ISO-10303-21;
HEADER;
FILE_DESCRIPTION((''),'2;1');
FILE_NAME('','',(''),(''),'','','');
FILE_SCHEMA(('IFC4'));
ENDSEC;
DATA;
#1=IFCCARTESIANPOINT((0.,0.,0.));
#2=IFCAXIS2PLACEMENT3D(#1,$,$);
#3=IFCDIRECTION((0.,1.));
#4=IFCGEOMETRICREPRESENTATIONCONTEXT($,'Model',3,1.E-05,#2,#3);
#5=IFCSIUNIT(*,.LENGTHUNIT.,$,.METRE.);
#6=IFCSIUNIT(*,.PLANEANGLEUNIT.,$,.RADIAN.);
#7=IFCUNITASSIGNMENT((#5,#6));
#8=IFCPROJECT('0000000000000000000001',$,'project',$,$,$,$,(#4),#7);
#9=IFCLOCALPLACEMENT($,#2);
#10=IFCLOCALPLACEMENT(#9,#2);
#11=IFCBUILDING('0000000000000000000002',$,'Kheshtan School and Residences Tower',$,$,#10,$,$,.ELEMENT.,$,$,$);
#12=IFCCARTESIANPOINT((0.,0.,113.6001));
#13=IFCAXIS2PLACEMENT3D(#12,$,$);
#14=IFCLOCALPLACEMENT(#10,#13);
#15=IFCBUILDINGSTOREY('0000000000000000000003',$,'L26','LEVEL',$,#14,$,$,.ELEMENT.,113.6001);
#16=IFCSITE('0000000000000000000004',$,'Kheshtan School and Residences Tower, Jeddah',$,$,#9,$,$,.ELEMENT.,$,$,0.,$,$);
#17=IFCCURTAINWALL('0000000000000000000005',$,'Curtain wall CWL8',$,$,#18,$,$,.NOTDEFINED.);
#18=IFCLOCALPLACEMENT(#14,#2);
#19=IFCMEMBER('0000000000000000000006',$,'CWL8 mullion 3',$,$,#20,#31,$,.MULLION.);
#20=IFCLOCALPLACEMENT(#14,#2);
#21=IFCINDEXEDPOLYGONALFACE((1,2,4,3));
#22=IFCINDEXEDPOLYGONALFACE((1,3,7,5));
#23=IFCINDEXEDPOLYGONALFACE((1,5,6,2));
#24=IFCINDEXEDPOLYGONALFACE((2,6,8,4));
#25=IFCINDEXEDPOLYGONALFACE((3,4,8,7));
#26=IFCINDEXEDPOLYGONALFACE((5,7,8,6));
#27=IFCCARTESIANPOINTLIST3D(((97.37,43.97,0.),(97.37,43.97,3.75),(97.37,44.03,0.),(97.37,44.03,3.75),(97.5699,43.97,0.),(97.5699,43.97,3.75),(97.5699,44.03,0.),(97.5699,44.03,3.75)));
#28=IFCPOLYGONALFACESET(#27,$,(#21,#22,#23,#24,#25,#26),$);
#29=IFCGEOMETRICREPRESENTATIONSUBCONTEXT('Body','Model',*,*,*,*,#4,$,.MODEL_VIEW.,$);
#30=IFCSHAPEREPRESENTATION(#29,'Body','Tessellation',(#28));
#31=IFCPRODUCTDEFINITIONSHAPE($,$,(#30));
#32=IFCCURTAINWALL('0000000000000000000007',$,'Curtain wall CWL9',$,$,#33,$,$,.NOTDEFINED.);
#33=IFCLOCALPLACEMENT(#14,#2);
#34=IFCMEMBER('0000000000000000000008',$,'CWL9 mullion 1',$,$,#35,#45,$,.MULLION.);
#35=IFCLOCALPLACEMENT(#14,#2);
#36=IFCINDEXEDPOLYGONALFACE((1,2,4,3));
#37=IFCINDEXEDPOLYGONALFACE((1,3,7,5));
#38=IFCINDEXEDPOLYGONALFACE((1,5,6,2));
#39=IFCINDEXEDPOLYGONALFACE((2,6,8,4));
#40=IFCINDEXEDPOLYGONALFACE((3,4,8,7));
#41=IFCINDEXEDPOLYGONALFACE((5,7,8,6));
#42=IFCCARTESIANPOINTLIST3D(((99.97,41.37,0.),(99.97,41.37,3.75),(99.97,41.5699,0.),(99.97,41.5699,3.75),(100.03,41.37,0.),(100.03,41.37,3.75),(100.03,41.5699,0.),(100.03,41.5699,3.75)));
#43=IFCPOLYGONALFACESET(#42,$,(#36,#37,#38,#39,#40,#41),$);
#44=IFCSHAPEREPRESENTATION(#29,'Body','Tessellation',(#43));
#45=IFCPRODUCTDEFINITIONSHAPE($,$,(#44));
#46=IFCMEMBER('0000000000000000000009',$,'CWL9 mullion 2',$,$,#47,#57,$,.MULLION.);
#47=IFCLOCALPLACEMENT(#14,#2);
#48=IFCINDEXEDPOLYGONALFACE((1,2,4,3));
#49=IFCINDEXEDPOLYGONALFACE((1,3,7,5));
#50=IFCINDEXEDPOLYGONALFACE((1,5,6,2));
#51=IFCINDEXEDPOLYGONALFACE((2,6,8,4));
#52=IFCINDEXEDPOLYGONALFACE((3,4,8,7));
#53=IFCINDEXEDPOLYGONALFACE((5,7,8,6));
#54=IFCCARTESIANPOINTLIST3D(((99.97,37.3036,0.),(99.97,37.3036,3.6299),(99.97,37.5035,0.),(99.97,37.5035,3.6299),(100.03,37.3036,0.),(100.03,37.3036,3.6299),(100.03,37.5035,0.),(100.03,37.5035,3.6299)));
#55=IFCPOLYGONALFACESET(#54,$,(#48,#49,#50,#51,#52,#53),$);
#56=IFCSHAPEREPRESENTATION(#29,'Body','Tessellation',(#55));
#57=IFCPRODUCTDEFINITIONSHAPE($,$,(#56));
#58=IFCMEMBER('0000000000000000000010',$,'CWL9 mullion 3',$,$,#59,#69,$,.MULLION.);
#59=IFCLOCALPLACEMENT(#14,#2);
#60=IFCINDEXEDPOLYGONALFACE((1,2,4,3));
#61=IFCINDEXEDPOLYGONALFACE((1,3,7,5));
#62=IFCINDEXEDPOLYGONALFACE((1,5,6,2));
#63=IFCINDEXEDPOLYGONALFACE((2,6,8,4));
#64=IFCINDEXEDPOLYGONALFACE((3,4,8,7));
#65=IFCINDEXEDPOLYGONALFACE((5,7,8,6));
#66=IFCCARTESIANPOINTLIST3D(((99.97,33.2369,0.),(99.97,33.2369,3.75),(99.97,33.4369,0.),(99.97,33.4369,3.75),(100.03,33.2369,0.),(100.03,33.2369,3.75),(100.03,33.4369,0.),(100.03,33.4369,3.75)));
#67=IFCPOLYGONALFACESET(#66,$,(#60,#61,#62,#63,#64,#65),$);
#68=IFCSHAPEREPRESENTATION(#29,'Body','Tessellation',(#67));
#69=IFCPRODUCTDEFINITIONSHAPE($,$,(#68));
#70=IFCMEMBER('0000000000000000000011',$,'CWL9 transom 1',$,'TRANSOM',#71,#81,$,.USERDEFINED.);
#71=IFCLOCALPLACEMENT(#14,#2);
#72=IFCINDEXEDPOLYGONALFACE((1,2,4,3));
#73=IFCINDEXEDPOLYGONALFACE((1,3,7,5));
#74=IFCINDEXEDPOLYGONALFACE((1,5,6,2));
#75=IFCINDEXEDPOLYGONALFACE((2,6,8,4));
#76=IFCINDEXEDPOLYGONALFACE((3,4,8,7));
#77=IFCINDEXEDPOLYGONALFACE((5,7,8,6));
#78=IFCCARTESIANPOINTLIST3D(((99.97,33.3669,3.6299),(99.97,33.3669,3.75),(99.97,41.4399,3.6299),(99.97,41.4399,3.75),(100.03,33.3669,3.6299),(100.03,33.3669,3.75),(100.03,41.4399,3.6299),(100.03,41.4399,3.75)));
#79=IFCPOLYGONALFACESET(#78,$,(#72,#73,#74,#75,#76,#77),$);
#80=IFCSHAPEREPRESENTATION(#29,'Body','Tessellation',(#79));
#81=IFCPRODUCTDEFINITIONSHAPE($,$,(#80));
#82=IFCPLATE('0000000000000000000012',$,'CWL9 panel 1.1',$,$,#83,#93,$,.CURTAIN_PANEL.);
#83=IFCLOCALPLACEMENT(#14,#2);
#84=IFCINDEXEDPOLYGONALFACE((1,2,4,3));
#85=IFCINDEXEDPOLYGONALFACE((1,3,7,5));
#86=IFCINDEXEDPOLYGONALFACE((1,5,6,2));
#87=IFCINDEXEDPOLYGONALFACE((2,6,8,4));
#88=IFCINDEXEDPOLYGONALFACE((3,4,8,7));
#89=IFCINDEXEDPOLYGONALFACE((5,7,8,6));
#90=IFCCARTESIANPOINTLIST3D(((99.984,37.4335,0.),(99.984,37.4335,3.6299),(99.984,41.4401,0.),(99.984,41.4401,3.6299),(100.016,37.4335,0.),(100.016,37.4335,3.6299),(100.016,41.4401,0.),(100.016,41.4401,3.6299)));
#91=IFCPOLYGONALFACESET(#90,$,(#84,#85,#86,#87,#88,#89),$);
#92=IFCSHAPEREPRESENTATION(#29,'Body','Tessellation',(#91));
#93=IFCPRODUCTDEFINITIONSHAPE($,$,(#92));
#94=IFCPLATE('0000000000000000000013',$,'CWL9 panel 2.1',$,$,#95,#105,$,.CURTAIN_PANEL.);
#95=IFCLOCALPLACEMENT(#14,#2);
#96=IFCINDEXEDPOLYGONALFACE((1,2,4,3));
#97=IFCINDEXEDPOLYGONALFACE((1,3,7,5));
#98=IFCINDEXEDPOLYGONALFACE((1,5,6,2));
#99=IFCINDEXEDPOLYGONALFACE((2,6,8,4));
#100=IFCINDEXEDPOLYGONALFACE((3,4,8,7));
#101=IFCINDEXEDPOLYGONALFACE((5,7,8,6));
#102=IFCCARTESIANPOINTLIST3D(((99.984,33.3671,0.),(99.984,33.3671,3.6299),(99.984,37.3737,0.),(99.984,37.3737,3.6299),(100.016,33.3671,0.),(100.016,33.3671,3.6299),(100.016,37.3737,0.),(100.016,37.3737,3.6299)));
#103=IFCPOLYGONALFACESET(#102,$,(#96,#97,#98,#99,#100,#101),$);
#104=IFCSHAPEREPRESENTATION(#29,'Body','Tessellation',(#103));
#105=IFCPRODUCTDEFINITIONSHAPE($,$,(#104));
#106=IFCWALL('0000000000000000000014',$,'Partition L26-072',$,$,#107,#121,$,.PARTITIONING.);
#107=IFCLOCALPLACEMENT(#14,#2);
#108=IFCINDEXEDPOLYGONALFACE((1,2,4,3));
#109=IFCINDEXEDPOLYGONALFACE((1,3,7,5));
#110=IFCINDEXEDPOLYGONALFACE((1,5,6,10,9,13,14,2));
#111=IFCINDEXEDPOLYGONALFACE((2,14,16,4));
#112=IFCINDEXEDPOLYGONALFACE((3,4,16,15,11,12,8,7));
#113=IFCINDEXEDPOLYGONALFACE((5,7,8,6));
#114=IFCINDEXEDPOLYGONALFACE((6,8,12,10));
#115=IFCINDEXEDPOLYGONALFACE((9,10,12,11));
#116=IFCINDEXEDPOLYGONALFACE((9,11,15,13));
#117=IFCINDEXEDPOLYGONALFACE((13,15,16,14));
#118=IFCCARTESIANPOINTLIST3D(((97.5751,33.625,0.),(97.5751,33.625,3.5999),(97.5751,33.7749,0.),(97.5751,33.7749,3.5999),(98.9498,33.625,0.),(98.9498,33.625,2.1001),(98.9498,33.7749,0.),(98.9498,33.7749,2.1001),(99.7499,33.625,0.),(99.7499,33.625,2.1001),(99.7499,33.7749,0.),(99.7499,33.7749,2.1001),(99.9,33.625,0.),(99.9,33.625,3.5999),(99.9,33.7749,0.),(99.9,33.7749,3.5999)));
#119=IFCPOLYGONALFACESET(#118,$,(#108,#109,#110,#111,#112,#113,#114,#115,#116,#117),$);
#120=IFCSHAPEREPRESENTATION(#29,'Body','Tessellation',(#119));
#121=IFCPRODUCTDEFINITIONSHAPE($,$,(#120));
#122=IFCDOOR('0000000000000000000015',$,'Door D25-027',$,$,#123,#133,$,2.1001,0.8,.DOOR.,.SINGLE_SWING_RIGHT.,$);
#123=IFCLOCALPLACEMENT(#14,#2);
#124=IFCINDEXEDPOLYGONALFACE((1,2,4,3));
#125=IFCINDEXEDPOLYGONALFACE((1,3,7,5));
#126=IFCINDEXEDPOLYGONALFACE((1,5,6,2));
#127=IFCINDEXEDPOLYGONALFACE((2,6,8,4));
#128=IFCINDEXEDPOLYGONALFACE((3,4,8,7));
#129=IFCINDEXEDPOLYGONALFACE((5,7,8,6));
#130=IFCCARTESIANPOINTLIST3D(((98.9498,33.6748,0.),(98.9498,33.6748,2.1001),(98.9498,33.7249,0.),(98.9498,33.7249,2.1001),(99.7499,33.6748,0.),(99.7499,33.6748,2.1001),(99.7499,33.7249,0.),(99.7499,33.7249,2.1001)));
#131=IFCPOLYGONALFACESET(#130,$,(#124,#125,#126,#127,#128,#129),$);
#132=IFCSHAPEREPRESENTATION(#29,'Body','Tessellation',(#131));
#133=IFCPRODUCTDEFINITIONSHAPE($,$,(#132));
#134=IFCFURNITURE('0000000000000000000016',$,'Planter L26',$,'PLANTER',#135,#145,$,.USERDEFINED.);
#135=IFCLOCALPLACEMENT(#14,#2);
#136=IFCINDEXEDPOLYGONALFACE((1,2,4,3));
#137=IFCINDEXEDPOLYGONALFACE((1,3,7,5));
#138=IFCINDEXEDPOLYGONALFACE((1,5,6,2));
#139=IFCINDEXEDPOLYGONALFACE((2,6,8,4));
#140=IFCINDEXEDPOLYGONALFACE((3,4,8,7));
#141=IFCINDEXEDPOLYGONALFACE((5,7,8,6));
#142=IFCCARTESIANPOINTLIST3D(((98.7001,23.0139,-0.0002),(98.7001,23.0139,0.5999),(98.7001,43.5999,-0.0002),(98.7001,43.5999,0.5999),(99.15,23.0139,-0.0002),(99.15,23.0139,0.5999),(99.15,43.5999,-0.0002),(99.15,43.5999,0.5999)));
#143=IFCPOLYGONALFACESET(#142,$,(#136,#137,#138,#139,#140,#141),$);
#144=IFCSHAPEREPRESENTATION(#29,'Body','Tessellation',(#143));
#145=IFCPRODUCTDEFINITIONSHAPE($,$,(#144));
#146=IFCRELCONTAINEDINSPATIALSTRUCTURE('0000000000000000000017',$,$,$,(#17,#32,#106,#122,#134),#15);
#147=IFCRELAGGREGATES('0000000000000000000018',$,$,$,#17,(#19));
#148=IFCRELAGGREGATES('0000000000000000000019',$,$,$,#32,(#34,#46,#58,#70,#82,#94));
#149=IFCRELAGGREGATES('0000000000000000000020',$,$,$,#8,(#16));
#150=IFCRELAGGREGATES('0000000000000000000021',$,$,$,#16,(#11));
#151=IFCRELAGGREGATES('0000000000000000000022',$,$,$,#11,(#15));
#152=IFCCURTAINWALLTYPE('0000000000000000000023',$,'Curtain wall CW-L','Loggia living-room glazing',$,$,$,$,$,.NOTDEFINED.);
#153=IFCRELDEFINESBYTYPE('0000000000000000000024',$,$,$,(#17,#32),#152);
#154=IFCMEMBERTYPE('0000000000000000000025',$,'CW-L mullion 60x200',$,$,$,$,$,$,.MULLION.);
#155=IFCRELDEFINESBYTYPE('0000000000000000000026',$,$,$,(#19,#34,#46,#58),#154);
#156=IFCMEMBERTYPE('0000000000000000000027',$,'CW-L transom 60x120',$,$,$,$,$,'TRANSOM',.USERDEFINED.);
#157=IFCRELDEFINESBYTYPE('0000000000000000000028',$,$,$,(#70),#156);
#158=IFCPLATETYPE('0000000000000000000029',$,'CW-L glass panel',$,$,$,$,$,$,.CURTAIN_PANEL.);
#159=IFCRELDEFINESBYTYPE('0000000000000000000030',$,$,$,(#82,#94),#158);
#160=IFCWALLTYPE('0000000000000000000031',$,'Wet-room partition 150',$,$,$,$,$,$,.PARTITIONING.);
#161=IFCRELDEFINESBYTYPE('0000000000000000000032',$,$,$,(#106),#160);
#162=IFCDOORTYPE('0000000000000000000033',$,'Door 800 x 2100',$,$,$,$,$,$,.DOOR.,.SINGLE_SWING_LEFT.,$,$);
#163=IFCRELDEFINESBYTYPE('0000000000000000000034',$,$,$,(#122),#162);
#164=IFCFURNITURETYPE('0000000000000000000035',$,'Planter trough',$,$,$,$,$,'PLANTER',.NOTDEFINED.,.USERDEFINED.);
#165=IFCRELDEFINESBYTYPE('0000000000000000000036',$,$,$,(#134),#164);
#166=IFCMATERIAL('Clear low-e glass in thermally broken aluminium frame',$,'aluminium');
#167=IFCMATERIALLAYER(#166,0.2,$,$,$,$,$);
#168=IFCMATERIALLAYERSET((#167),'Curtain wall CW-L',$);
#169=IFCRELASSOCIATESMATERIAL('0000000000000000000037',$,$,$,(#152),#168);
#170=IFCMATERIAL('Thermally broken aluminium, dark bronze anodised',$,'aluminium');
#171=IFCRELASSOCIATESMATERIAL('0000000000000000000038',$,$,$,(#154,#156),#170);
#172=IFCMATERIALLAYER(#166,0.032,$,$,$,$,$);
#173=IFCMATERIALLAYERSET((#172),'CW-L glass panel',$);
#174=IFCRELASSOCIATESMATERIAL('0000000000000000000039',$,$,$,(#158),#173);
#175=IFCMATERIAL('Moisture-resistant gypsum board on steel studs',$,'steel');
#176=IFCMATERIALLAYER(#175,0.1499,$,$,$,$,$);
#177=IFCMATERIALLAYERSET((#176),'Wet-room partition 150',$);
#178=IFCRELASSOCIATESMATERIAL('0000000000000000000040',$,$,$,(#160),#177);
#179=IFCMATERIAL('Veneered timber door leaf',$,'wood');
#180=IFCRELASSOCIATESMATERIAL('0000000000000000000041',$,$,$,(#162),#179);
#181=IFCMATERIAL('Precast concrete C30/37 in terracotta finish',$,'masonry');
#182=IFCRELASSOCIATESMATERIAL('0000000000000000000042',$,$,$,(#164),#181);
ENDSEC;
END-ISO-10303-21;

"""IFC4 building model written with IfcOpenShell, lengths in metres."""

from ifc_helpers import new_model, si_unit, direction, frame, frame_2d, origin, origin_2d, place, context, subcontext, project, spatial, rectangle, extrude, source, transform, mapped, material, layer, layer_set, material_profile, profile_set, type_object, element, fill, aggregate, save


model = new_model("IFC4")

# Units and contexts
model_context = context("Model", 3, precision=1e-05, world=origin(), true_north=direction((0.0, 1.0)))
body_context = subcontext(model_context, "Body", "Model", "MODEL_VIEW")
ifc_project = project(units=[si_unit("LENGTHUNIT", "METRE"), si_unit("PLANEANGLEUNIT", "RADIAN")], contexts=[model_context])

# Site, building, storey
site_placement = place(None, origin())
site = spatial("IfcSite", under=ifc_project, at=site_placement, Name="Kheshtan School and Residences Tower, Jeddah", CompositionType="ELEMENT", RefElevation=0.0)
building_placement = place(site_placement, origin())
building = spatial("IfcBuilding", under=site, at=building_placement, Name="Kheshtan School and Residences Tower", CompositionType="ELEMENT")
storey_placement = place(building_placement, frame((0.0, 0.0, 113.6001)))
storey = spatial("IfcBuildingStorey", under=building, at=storey_placement, Name="L26", Description="LEVEL", CompositionType="ELEMENT", Elevation=113.6001)

# Curtain wall, member
ifc_material_1 = material(Name="Clear low-e glass in thermally broken aluminium frame", Category="aluminium")
ifc_layer_1 = layer(ifc_material_1, 0.2)
ifc_layer_set_1 = layer_set([ifc_layer_1], Name="Curtain wall CW-L")
curtain_wall_type = type_object("IfcCurtainWallType", Name="Curtain wall CW-L", Description="Loggia living-room glazing", PredefinedType="NOTDEFINED", material=ifc_layer_set_1)
curtain_wall_1_placement = place(storey_placement, origin())
curtain_wall_1 = element("IfcCurtainWall", 1, at=curtain_wall_1_placement, inside=storey, type_object=curtain_wall_type, Name="Curtain wall CWL8", PredefinedType="NOTDEFINED")
ifc_material_2 = material(Name="Thermally broken aluminium, dark bronze anodised", Category="aluminium")
ifc_material_profile_1 = material_profile(ifc_material_2, rectangle(XDim=0.0601, YDim=0.2, at=origin_2d()), Name="CW-L mullion 60x200")
ifc_profile_set_1 = profile_set([ifc_material_profile_1], Name="Thermally broken aluminium, dark bronze anodised")
member_type_1 = type_object("IfcMemberType", Name="CW-L mullion 60x200", PredefinedType="MULLION", material=ifc_profile_set_1)
member_1_placement = place(storey_placement, frame((97.47, 44.0, 0.0), z_axis=(0.0, 0.0, 1.0), x_axis=(0.0, 1.0, 0.0)))
member_1 = element("IfcMember", 2, at=member_1_placement, type_object=member_type_1, Name="CWL8 mullion 3", PredefinedType="MULLION", context=body_context, shape_type="SweptSolid", body=[
    extrude(rectangle(XDim=0.0601, YDim=0.2, at=origin_2d()), origin(), (0.0, 0.0, 1.0), 3.75),
])
aggregate(curtain_wall_1, [member_1])

# Curtain wall, members, plates
curtain_wall_2_placement = place(storey_placement, origin())
curtain_wall_2 = element("IfcCurtainWall", 3, at=curtain_wall_2_placement, inside=storey, type_object=curtain_wall_type, Name="Curtain wall CWL9", PredefinedType="NOTDEFINED")
member_2_placement = place(storey_placement, frame((100.0, 41.47, 0.0), z_axis=(0.0, 0.0, 1.0), x_axis=(1.0, 0.0, 0.0)))
member_2 = element("IfcMember", 4, at=member_2_placement, type_object=member_type_1, Name="CWL9 mullion 1", PredefinedType="MULLION", context=body_context, shape_type="SweptSolid", body=[
    extrude(rectangle(XDim=0.0601, YDim=0.2, at=origin_2d()), origin(), (0.0, 0.0, 1.0), 3.75),
])
member_3_placement = place(storey_placement, frame((100.0, 37.4036, 0.0), z_axis=(0.0, 0.0, 1.0), x_axis=(1.0, 0.0, 0.0)))
member_3 = element("IfcMember", 5, at=member_3_placement, type_object=member_type_1, Name="CWL9 mullion 2", PredefinedType="MULLION", context=body_context, shape_type="SweptSolid", body=[
    extrude(rectangle(XDim=0.0601, YDim=0.2, at=origin_2d()), origin(), (0.0, 0.0, 1.0), 3.6299),
])
member_4_placement = place(storey_placement, frame((100.0, 33.3369, 0.0), z_axis=(0.0, 0.0, 1.0), x_axis=(1.0, 0.0, 0.0)))
member_4 = element("IfcMember", 6, at=member_4_placement, type_object=member_type_1, Name="CWL9 mullion 3", PredefinedType="MULLION", context=body_context, shape_type="SweptSolid", body=[
    extrude(rectangle(XDim=0.0601, YDim=0.2, at=origin_2d()), origin(), (0.0, 0.0, 1.0), 3.75),
])
ifc_material_profile_2 = material_profile(ifc_material_2, rectangle(XDim=0.0601, YDim=0.1201, at=origin_2d()), Name="CW-L transom 60x120")
ifc_profile_set_2 = profile_set([ifc_material_profile_2], Name="Thermally broken aluminium, dark bronze anodised")
member_type_2 = type_object("IfcMemberType", Name="CW-L transom 60x120", ElementType="TRANSOM", PredefinedType="USERDEFINED", material=ifc_profile_set_2)
member_5_placement = place(storey_placement, frame((100.0, 41.4399, 3.6899), z_axis=(0.0, -1.0, 0.0), x_axis=(1.0, 0.0, 0.0)))
member_5 = element("IfcMember", 7, at=member_5_placement, type_object=member_type_2, Name="CWL9 transom 1", ObjectType="TRANSOM", PredefinedType="USERDEFINED", context=body_context, shape_type="SweptSolid", body=[
    extrude(rectangle(XDim=0.0601, YDim=0.1201, at=origin_2d()), origin(), (0.0, 0.0, 1.0), 8.073),
])
ifc_layer_2 = layer(ifc_material_1, 0.032)
ifc_layer_set_2 = layer_set([ifc_layer_2], Name="CW-L glass panel")
plate_type = type_object("IfcPlateType", Name="CW-L glass panel", PredefinedType="CURTAIN_PANEL", material=ifc_layer_set_2)
plate_1_placement = place(storey_placement, frame((100.0, 39.4368, 0.0), z_axis=(0.0, 0.0, 1.0), x_axis=(0.0, -1.0, 0.0)))
plate_1 = element("IfcPlate", 8, at=plate_1_placement, type_object=plate_type, Name="CWL9 panel 1.1", PredefinedType="CURTAIN_PANEL", context=body_context, shape_type="SweptSolid", body=[
    extrude(rectangle(XDim=4.0066, YDim=0.032, at=origin_2d()), origin(), (0.0, 0.0, 1.0), 3.6299),
])
plate_2_placement = place(storey_placement, frame((100.0, 35.3704, 0.0), z_axis=(0.0, 0.0, 1.0), x_axis=(0.0, -1.0, 0.0)))
plate_2 = element("IfcPlate", 9, at=plate_2_placement, type_object=plate_type, Name="CWL9 panel 2.1", PredefinedType="CURTAIN_PANEL", context=body_context, shape_type="SweptSolid", body=[
    extrude(rectangle(XDim=4.0066, YDim=0.032, at=origin_2d()), origin(), (0.0, 0.0, 1.0), 3.6299),
])
aggregate(curtain_wall_2, [member_2, member_3, member_4, member_5, plate_1, plate_2])

# Wall, opening, door
ifc_material_3 = material(Name="Moisture-resistant gypsum board on steel studs", Category="steel")
ifc_layer_3 = layer(ifc_material_3, 0.1499)
ifc_layer_set_3 = layer_set([ifc_layer_3], Name="Wet-room partition 150")
wall_type_1 = type_object("IfcWallType", Name="Wet-room partition 150", PredefinedType="PARTITIONING", material=ifc_layer_set_3)
wall_1_placement = place(storey_placement, frame((97.575, 33.7, 0.0), z_axis=(0.0, 0.0, 1.0), x_axis=(1.0, 0.0, 0.0)))
wall_1 = element("IfcWall", 10, at=wall_1_placement, inside=storey, type_object=wall_type_1, Name="Partition L26-072", PredefinedType="PARTITIONING", context=body_context, shape_type="SweptSolid", body=[
    extrude(rectangle(XDim=2.325, YDim=0.1499, at=frame_2d((1.1626, 0.0))), origin(), (0.0, 0.0, 1.0), 3.5999),
])
opening_1_placement = place(wall_1_placement, frame((1.375, 0.0, 0.0)))
opening_1 = element("IfcOpeningElement", 11, at=opening_1_placement, cuts=wall_1, PredefinedType="OPENING", context=body_context, shape_type="SweptSolid", body=[
    extrude(rectangle(XDim=0.8, YDim=2.1001, at=frame_2d((0.3999, 1.05))), frame((0.0, 0.085, 0.0), z_axis=(0.0, -1.0, 0.0), x_axis=(1.0, 0.0, 0.0)), (0.0, 0.0, 1.0), 0.1699),
])
ifc_material_4 = material(Name="Veneered timber door leaf", Category="wood")
door_type_1 = type_object("IfcDoorType", Name="Door 800 x 2100", OperationType="SINGLE_SWING_LEFT", PredefinedType="DOOR", material=ifc_material_4)
shared_shape_1 = source(origin(), body_context, "Body", "SweptSolid", [
    extrude(rectangle(XDim=0.8, YDim=2.1001, at=frame_2d((0.3999, 1.05))), frame((0.0, 0.0249, 0.0), z_axis=(0.0, -1.0, 0.0), x_axis=(1.0, 0.0, 0.0)), (0.0, 0.0, 1.0), 0.05),
])
door_1_placement = place(opening_1_placement, origin())
door_1 = element("IfcDoor", 12, at=door_1_placement, inside=storey, type_object=door_type_1, Name="Door D25-027", OperationType="SINGLE_SWING_RIGHT", OverallHeight=2.1001, OverallWidth=0.8, PredefinedType="DOOR", context=body_context, shape_type="MappedRepresentation", body=[
    mapped(shared_shape_1, transform((0.0, 0.0, 0.0), x_axis=(1.0, 0.0, 0.0), y_axis=(0.0, 1.0, 0.0), z_axis=(0.0, 0.0, 1.0), scale=1.0)),
])
fill(opening_1, door_1)

# Furniture
ifc_material_5 = material(Name="Precast concrete C30/37 in terracotta finish", Category="masonry")
furniture_type = type_object("IfcFurnitureType", Name="Planter trough", ElementType="PLANTER", AssemblyPlace="NOTDEFINED", PredefinedType="USERDEFINED", material=ifc_material_5)
furniture_placement = place(storey_placement, frame((98.925, 33.3069, -0.0002), z_axis=(0.0, 0.0, 1.0), x_axis=(0.0, -1.0, 0.0)))
element("IfcFurniture", 13, at=furniture_placement, inside=storey, type_object=furniture_type, Name="Planter L26", ObjectType="PLANTER", PredefinedType="USERDEFINED", context=body_context, shape_type="SweptSolid", body=[
    extrude(rectangle(XDim=20.5859, YDim=0.45, at=origin_2d()), origin(), (0.0, 0.0, 1.0), 0.6001),
])

save(model, "model.ifc")
